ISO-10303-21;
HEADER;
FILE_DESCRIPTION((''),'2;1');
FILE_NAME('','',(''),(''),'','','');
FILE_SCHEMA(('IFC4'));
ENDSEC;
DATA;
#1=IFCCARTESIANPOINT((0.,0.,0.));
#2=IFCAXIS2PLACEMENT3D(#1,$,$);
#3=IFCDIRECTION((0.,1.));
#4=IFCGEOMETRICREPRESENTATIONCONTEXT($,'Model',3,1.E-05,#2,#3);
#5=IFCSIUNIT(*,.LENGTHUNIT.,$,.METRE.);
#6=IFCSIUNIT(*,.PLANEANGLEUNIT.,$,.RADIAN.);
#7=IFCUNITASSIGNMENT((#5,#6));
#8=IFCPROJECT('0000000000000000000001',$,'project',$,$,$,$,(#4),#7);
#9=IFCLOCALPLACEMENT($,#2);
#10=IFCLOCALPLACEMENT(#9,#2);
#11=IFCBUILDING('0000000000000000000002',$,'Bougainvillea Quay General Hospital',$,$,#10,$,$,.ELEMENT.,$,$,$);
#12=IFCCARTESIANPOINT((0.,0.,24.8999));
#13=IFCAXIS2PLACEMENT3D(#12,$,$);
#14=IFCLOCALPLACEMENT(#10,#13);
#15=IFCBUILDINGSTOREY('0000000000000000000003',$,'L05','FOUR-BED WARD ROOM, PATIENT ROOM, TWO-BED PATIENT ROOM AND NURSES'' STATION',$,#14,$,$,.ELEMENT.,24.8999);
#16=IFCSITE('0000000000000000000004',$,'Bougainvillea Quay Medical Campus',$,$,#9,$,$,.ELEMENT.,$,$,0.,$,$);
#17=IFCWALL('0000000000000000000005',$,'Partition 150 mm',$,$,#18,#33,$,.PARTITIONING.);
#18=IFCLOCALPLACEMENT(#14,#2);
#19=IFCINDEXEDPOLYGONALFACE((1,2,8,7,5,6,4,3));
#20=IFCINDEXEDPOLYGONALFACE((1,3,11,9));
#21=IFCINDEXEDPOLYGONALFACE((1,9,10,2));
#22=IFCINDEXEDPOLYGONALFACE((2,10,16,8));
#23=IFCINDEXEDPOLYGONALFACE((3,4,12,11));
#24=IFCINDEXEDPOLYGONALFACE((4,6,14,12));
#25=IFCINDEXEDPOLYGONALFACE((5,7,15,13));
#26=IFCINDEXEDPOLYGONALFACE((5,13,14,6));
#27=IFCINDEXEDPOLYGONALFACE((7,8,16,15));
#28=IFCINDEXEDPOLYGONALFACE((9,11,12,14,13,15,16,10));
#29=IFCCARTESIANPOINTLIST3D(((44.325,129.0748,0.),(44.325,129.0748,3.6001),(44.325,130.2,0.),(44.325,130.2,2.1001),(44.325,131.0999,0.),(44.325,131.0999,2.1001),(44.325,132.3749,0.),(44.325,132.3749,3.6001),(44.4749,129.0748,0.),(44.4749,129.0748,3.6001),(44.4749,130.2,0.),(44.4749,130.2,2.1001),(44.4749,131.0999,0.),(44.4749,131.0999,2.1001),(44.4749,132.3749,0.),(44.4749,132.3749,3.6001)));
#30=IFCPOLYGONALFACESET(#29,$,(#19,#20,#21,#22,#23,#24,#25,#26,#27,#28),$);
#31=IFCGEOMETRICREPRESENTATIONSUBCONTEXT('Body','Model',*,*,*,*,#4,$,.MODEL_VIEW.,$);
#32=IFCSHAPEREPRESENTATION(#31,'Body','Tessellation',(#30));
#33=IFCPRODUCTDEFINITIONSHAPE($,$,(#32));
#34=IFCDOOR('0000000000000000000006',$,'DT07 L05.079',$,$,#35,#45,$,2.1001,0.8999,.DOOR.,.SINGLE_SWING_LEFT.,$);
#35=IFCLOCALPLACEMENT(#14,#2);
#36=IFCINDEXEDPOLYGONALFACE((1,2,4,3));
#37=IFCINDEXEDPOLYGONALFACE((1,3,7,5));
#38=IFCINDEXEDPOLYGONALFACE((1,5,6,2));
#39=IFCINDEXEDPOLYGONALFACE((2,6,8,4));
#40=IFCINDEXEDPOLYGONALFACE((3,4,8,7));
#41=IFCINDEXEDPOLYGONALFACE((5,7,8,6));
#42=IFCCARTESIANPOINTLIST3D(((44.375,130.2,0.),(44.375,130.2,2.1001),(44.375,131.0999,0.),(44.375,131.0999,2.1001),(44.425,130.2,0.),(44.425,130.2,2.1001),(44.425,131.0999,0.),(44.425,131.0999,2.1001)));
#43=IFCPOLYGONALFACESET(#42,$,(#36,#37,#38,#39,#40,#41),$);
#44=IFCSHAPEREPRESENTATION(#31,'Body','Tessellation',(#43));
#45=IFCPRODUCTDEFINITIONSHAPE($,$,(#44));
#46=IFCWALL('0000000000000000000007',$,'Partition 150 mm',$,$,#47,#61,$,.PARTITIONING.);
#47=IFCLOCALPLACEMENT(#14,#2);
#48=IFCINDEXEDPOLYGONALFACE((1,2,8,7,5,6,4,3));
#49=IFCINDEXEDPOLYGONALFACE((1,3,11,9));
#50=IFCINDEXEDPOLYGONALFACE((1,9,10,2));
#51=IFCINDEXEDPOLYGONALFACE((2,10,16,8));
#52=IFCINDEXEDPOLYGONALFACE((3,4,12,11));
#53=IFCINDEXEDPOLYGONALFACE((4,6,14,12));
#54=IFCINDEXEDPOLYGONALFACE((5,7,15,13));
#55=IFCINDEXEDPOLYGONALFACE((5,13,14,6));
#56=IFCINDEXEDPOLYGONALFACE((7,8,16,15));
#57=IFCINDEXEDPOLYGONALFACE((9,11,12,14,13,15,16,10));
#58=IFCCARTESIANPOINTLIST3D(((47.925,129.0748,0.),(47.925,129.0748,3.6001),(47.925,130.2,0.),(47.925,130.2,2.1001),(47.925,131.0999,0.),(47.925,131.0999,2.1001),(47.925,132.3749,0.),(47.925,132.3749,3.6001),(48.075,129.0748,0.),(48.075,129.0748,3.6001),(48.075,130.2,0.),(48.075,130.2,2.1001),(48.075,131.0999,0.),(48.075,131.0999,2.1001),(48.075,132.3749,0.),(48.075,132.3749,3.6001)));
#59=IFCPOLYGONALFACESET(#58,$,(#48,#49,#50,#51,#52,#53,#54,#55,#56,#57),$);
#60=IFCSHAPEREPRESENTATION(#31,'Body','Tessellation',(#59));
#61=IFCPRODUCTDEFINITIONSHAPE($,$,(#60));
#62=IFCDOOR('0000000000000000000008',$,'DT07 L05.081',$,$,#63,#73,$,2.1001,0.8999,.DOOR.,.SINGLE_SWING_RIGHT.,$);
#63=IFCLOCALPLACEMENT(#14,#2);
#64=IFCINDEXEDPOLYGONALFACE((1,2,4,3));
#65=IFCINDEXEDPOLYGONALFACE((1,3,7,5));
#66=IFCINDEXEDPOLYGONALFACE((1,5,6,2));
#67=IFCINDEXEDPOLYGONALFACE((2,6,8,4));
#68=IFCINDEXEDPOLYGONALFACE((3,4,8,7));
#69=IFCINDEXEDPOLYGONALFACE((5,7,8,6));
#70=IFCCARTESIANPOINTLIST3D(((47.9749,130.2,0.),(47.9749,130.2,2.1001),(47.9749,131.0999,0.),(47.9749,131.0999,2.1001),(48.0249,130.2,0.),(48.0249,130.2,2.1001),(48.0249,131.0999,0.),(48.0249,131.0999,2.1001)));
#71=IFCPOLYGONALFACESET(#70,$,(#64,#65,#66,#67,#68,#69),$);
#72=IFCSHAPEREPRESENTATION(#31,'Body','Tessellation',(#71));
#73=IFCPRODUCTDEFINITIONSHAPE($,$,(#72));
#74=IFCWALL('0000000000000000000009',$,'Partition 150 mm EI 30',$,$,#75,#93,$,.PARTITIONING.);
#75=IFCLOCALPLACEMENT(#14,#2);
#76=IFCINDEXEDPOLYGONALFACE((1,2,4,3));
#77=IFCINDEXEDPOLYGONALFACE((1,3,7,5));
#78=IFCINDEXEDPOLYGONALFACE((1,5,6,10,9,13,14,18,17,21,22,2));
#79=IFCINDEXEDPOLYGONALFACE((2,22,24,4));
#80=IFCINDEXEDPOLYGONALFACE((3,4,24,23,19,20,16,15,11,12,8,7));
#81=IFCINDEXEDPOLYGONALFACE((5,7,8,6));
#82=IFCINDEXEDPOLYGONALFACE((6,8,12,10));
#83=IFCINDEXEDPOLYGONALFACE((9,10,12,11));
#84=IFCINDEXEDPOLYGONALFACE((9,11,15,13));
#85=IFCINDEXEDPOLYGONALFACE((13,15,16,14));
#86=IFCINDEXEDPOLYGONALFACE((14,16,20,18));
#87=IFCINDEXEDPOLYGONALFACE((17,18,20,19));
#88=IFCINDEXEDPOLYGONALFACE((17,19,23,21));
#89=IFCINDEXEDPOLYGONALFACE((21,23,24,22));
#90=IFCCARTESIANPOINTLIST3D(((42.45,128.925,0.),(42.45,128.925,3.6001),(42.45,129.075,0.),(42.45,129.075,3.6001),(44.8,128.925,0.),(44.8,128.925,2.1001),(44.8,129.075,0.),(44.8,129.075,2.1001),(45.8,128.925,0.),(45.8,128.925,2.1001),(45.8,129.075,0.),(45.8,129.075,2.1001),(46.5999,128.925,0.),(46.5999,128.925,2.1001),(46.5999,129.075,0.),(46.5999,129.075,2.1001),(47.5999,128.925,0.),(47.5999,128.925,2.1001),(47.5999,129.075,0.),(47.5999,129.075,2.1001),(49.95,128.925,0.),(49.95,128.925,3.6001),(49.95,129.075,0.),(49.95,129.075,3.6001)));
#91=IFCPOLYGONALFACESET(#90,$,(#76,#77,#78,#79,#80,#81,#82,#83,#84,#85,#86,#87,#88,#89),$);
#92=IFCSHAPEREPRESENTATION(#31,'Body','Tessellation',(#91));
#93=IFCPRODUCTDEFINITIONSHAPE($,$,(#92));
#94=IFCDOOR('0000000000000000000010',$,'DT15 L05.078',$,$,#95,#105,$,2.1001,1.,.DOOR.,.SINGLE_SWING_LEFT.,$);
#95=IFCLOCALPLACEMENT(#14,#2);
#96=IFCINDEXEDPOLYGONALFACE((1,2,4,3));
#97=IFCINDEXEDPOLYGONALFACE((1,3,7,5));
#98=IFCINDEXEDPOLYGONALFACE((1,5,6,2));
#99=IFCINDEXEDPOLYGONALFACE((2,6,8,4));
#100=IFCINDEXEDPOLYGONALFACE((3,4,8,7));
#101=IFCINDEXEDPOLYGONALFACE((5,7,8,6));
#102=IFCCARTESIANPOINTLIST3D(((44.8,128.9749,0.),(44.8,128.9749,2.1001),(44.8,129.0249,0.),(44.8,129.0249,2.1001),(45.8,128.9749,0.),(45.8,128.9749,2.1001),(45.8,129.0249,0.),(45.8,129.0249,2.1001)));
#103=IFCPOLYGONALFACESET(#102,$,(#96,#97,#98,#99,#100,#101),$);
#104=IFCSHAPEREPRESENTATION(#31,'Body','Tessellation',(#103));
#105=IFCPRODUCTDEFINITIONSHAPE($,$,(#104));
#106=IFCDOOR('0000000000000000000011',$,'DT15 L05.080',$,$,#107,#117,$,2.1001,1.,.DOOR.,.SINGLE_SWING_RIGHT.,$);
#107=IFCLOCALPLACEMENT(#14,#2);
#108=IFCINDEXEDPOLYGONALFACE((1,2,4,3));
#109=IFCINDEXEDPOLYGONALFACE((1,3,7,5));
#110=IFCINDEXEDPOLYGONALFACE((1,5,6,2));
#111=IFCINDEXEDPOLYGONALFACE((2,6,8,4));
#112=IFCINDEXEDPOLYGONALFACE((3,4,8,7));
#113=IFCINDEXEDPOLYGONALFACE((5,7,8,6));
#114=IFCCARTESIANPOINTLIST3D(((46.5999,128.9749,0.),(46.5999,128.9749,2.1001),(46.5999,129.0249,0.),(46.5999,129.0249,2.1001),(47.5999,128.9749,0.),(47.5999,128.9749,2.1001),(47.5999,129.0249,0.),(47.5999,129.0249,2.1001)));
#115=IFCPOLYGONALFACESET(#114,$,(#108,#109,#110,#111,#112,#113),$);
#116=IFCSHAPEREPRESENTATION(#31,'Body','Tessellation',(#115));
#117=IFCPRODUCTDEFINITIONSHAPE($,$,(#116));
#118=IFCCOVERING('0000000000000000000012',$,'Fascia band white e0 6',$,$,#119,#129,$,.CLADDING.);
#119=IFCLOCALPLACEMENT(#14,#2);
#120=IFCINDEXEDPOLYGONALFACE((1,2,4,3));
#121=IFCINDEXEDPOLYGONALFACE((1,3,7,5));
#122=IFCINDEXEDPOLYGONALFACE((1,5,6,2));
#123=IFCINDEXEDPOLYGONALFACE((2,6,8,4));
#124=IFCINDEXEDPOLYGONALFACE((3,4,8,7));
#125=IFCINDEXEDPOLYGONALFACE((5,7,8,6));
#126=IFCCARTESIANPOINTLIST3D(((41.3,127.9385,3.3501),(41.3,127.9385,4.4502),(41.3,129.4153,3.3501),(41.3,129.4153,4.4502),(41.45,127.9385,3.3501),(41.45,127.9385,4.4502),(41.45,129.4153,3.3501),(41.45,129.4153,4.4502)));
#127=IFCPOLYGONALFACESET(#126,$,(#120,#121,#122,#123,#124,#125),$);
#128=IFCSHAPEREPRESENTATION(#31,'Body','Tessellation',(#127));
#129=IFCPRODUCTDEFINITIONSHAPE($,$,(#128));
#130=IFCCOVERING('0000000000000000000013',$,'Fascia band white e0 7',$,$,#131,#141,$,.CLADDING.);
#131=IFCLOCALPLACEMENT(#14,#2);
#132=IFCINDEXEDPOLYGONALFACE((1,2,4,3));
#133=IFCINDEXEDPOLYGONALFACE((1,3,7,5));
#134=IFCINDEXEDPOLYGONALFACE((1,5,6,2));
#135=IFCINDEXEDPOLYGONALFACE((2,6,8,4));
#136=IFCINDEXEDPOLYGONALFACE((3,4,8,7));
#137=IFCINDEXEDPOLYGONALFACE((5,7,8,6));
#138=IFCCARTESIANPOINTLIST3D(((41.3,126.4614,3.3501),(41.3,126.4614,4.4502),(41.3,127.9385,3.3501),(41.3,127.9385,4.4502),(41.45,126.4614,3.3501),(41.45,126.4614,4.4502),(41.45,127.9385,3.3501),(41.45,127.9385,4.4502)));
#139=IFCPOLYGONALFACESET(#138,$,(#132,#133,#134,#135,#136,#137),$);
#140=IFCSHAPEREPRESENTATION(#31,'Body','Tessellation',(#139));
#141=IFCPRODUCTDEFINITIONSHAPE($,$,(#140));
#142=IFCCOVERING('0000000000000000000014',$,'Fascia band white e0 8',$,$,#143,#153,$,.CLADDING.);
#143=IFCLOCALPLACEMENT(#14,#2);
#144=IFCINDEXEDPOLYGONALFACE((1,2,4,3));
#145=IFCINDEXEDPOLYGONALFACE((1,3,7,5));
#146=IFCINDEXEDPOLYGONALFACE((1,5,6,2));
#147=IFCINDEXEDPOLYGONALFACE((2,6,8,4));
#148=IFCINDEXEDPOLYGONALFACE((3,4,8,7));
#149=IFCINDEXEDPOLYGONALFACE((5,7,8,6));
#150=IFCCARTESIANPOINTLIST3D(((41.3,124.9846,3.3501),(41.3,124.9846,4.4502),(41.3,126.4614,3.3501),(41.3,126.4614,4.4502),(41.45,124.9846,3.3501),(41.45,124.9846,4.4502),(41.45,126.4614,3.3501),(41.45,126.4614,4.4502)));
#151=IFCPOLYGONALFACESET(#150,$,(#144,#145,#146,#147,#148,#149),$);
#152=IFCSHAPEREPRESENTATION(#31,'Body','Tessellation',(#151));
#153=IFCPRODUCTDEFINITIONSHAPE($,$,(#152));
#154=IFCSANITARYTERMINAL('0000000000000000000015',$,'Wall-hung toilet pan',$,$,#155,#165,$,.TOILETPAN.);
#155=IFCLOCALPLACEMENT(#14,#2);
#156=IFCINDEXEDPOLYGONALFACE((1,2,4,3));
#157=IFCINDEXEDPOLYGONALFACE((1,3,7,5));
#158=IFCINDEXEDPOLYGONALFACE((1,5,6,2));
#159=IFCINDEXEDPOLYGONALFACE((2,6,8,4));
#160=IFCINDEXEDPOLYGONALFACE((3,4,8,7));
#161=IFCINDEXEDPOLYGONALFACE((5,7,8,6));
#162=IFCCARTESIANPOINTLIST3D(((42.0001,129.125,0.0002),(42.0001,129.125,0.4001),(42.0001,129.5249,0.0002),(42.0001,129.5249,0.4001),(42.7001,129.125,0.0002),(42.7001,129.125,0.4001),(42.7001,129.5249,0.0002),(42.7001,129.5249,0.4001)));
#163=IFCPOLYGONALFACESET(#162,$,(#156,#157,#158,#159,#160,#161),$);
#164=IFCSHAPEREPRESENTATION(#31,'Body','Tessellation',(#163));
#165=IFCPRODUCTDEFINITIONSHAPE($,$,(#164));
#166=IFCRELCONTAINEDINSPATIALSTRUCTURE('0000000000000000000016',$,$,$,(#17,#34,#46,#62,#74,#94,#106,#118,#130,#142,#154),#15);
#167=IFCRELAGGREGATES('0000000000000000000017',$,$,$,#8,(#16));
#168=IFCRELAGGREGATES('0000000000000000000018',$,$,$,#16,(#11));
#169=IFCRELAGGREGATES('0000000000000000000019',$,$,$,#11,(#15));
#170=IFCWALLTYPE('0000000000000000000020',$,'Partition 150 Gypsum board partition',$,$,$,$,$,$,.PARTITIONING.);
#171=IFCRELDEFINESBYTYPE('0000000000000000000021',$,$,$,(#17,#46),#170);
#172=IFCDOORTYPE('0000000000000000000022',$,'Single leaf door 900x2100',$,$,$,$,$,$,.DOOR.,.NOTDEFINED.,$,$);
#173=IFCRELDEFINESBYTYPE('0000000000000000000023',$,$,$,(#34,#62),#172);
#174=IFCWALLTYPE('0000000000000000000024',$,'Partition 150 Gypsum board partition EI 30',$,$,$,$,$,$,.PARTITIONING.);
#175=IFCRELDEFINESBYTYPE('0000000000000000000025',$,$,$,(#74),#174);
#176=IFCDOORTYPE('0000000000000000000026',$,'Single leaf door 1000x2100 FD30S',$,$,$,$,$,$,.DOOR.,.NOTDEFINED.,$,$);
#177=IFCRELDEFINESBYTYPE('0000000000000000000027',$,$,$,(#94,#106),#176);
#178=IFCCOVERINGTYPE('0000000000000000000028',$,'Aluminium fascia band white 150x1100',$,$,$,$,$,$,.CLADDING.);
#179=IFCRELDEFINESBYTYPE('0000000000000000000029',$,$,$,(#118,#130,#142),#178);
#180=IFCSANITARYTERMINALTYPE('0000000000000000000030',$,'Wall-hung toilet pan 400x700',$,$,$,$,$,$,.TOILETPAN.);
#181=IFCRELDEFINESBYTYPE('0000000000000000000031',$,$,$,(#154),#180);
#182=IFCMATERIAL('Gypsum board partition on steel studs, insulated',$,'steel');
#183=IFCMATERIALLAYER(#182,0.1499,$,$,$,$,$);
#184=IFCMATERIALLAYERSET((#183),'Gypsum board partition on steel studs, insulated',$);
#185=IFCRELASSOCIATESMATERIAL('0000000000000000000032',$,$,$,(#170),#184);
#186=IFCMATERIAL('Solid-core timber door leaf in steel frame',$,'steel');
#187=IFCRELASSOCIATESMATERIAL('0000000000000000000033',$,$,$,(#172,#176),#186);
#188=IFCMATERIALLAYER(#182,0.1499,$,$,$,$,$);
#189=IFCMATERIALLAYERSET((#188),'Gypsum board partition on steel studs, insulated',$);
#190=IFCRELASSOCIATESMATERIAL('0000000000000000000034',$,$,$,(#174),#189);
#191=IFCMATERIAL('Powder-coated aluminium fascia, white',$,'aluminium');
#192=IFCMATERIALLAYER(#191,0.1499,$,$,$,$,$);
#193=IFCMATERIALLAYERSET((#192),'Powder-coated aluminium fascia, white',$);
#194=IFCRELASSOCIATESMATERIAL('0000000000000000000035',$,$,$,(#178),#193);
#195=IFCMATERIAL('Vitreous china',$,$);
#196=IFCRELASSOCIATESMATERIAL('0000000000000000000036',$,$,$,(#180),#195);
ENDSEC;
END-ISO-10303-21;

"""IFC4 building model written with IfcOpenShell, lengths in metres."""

from ifc_helpers import new_model, si_unit, direction, frame, frame_2d, origin, origin_2d, place, context, subcontext, project, spatial, polyline, rectangle, outline, extrude, material, layer, layer_set, type_object, element, fill, save


model = new_model("IFC4")

# Units and contexts
model_context = context("Model", 3, precision=1e-05, world=origin(), true_north=direction((0.0, 1.0)))
body_context = subcontext(model_context, "Body", "Model", "MODEL_VIEW")
ifc_project = project(units=[si_unit("LENGTHUNIT", "METRE"), si_unit("PLANEANGLEUNIT", "RADIAN")], contexts=[model_context])

# Site, building, storey
site_placement = place(None, origin())
site = spatial("IfcSite", under=ifc_project, at=site_placement, Name="Bougainvillea Quay Medical Campus", CompositionType="ELEMENT", RefElevation=0.0)
building_placement = place(site_placement, origin())
building = spatial("IfcBuilding", under=site, at=building_placement, Name="Bougainvillea Quay General Hospital", CompositionType="ELEMENT")
storey_placement = place(building_placement, frame((0.0, 0.0, 24.8999)))
storey = spatial("IfcBuildingStorey", under=building, at=storey_placement, Name="L05", Description="FOUR-BED WARD ROOM, PATIENT ROOM, TWO-BED PATIENT ROOM AND NURSES' STATION", CompositionType="ELEMENT", Elevation=24.8999)

# Shared definitions
ifc_material_1 = material(Name="Gypsum board partition on steel studs, insulated", Category="steel")
ifc_layer_1 = layer(ifc_material_1, 0.1499)
ifc_layer_set_1 = layer_set([ifc_layer_1], Name="Gypsum board partition on steel studs, insulated")
wall_type_1 = type_object("IfcWallType", Name="Partition 150 Gypsum board partition", PredefinedType="PARTITIONING", material=ifc_layer_set_1)

# Walls, openings, doors
wall_1_placement = place(storey_placement, frame((44.3999, 129.075, 0.0), z_axis=(0.0, 0.0, 1.0), x_axis=(0.0, 1.0, 0.0)))
wall_1 = element("IfcWall", 1, at=wall_1_placement, inside=storey, type_object=wall_type_1, Name="Partition 150 mm", PredefinedType="PARTITIONING", context=body_context, shape_type="SweptSolid", body=[
    extrude(rectangle(XDim=3.3, YDim=0.1499, at=frame_2d((1.6499, 0.0))), origin(), (0.0, 0.0, 1.0), 3.6001),
])
opening_1_placement = place(wall_1_placement, frame((1.125, 0.0, 0.0)))
opening_1 = element("IfcOpeningElement", 2, at=opening_1_placement, cuts=wall_1, PredefinedType="OPENING", context=body_context, shape_type="SweptSolid", body=[
    extrude(rectangle(XDim=0.8999, YDim=2.1001, at=frame_2d((0.45, 1.05))), frame((0.0, 0.085, 0.0), z_axis=(0.0, -1.0, 0.0), x_axis=(1.0, 0.0, 0.0)), (0.0, 0.0, 1.0), 0.1699),
])
ifc_material_2 = material(Name="Solid-core timber door leaf in steel frame", Category="steel")
door_type_1 = type_object("IfcDoorType", Name="Single leaf door 900x2100", OperationType="NOTDEFINED", PredefinedType="DOOR", material=ifc_material_2)
door_1_placement = place(opening_1_placement, origin())
door_1 = element("IfcDoor", 3, at=door_1_placement, inside=storey, type_object=door_type_1, Name="DT07 L05.079", OperationType="SINGLE_SWING_LEFT", OverallHeight=2.1001, OverallWidth=0.8999, PredefinedType="DOOR", context=body_context, shape_type="SweptSolid", body=[
    extrude(rectangle(XDim=0.8999, YDim=2.1001, at=frame_2d((0.45, 1.05))), frame((0.0, 0.0249, 0.0), z_axis=(0.0, -1.0, 0.0), x_axis=(1.0, 0.0, 0.0)), (0.0, 0.0, 1.0), 0.05),
])
fill(opening_1, door_1)
wall_2_placement = place(storey_placement, frame((48.0, 129.075, 0.0), z_axis=(0.0, 0.0, 1.0), x_axis=(0.0, 1.0, 0.0)))
wall_2 = element("IfcWall", 4, at=wall_2_placement, inside=storey, type_object=wall_type_1, Name="Partition 150 mm", PredefinedType="PARTITIONING", context=body_context, shape_type="SweptSolid", body=[
    extrude(rectangle(XDim=3.3, YDim=0.1499, at=frame_2d((1.6499, 0.0))), origin(), (0.0, 0.0, 1.0), 3.6001),
])
opening_2_placement = place(wall_2_placement, frame((1.125, 0.0, 0.0)))
opening_2 = element("IfcOpeningElement", 5, at=opening_2_placement, cuts=wall_2, PredefinedType="OPENING", context=body_context, shape_type="SweptSolid", body=[
    extrude(rectangle(XDim=0.8999, YDim=2.1001, at=frame_2d((0.45, 1.05))), frame((0.0, 0.085, 0.0), z_axis=(0.0, -1.0, 0.0), x_axis=(1.0, 0.0, 0.0)), (0.0, 0.0, 1.0), 0.1699),
])
door_2_placement = place(opening_2_placement, frame((0.8999, 0.0, 0.0), z_axis=(0.0, 0.0, 1.0), x_axis=(-1.0, 0.0, 0.0)))
door_2 = element("IfcDoor", 6, at=door_2_placement, inside=storey, type_object=door_type_1, Name="DT07 L05.081", OperationType="SINGLE_SWING_RIGHT", OverallHeight=2.1001, OverallWidth=0.8999, PredefinedType="DOOR", context=body_context, shape_type="SweptSolid", body=[
    extrude(rectangle(XDim=0.8999, YDim=2.1001, at=frame_2d((0.45, 1.05))), frame((0.0, 0.0249, 0.0), z_axis=(0.0, -1.0, 0.0), x_axis=(1.0, 0.0, 0.0)), (0.0, 0.0, 1.0), 0.05),
])
fill(opening_2, door_2)

# Wall, openings, doors
ifc_layer_2 = layer(ifc_material_1, 0.1499)
ifc_layer_set_2 = layer_set([ifc_layer_2], Name="Gypsum board partition on steel studs, insulated")
wall_type_2 = type_object("IfcWallType", Name="Partition 150 Gypsum board partition EI 30", PredefinedType="PARTITIONING", material=ifc_layer_set_2)
wall_3_placement = place(storey_placement, frame((49.95, 129.0, 0.0), z_axis=(0.0, 0.0, 1.0), x_axis=(-1.0, 0.0, 0.0)))
wall_3 = element("IfcWall", 7, at=wall_3_placement, inside=storey, type_object=wall_type_2, Name="Partition 150 mm EI 30", PredefinedType="PARTITIONING", context=body_context, shape_type="SweptSolid", body=[
    extrude(rectangle(XDim=7.5, YDim=0.1499, at=frame_2d((3.75, 0.0))), origin(), (0.0, 0.0, 1.0), 3.6001),
])
opening_3_placement = place(wall_3_placement, frame((4.1499, 0.0, 0.0)))
opening_3 = element("IfcOpeningElement", 8, at=opening_3_placement, cuts=wall_3, PredefinedType="OPENING", context=body_context, shape_type="SweptSolid", body=[
    extrude(rectangle(XDim=1.0, YDim=2.1001, at=frame_2d((0.5, 1.05))), frame((0.0, 0.085, 0.0), z_axis=(0.0, -1.0, 0.0), x_axis=(1.0, 0.0, 0.0)), (0.0, 0.0, 1.0), 0.1699),
])
opening_4_placement = place(wall_3_placement, frame((2.3501, 0.0, 0.0)))
opening_4 = element("IfcOpeningElement", 9, at=opening_4_placement, cuts=wall_3, PredefinedType="OPENING", context=body_context, shape_type="SweptSolid", body=[
    extrude(rectangle(XDim=1.0, YDim=2.1001, at=frame_2d((0.5, 1.05))), frame((0.0, 0.085, 0.0), z_axis=(0.0, -1.0, 0.0), x_axis=(1.0, 0.0, 0.0)), (0.0, 0.0, 1.0), 0.1699),
])
door_type_2 = type_object("IfcDoorType", Name="Single leaf door 1000x2100 FD30S", OperationType="NOTDEFINED", PredefinedType="DOOR", material=ifc_material_2)
door_3_placement = place(opening_3_placement, frame((1.0, 0.0, 0.0), z_axis=(0.0, 0.0, 1.0), x_axis=(-1.0, 0.0, 0.0)))
door_3 = element("IfcDoor", 10, at=door_3_placement, inside=storey, type_object=door_type_2, Name="DT15 L05.078", OperationType="SINGLE_SWING_LEFT", OverallHeight=2.1001, OverallWidth=1.0, PredefinedType="DOOR", context=body_context, shape_type="SweptSolid", body=[
    extrude(rectangle(XDim=1.0, YDim=2.1001, at=frame_2d((0.5, 1.05))), frame((0.0, 0.0249, 0.0), z_axis=(0.0, -1.0, 0.0), x_axis=(1.0, 0.0, 0.0)), (0.0, 0.0, 1.0), 0.05),
])
fill(opening_3, door_3)
door_4_placement = place(opening_4_placement, frame((1.0, 0.0, 0.0), z_axis=(0.0, 0.0, 1.0), x_axis=(-1.0, 0.0, 0.0)))
door_4 = element("IfcDoor", 11, at=door_4_placement, inside=storey, type_object=door_type_2, Name="DT15 L05.080", OperationType="SINGLE_SWING_RIGHT", OverallHeight=2.1001, OverallWidth=1.0, PredefinedType="DOOR", context=body_context, shape_type="SweptSolid", body=[
    extrude(rectangle(XDim=1.0, YDim=2.1001, at=frame_2d((0.5, 1.05))), frame((0.0, 0.0249, 0.0), z_axis=(0.0, -1.0, 0.0), x_axis=(1.0, 0.0, 0.0)), (0.0, 0.0, 1.0), 0.05),
])
fill(opening_4, door_4)

# Coverings
ifc_material_3 = material(Name="Powder-coated aluminium fascia, white", Category="aluminium")
ifc_layer_3 = layer(ifc_material_3, 0.1499)
ifc_layer_set_3 = layer_set([ifc_layer_3], Name="Powder-coated aluminium fascia, white")
covering_type = type_object("IfcCoveringType", Name="Aluminium fascia band white 150x1100", PredefinedType="CLADDING", material=ifc_layer_set_3)
covering_1_placement = place(storey_placement, frame((41.45, 129.4153, 3.3501), z_axis=(0.0, 0.0, 1.0), x_axis=(0.0, -1.0, 0.0)))
element("IfcCovering", 12, at=covering_1_placement, inside=storey, type_object=covering_type, Name="Fascia band white e0 6", PredefinedType="CLADDING", context=body_context, shape_type="SweptSolid", body=[
    extrude(outline(polyline([(0.0, 0.0), (1.4768, 0.0), (1.4768, -0.1499), (0.0, -0.1499), (0.0, 0.0)])), origin(), (0.0, 0.0, 1.0), 1.1001),
])
covering_2_placement = place(storey_placement, frame((41.45, 127.9385, 3.3501), z_axis=(0.0, 0.0, 1.0), x_axis=(0.0, -1.0, 0.0)))
element("IfcCovering", 13, at=covering_2_placement, inside=storey, type_object=covering_type, Name="Fascia band white e0 7", PredefinedType="CLADDING", context=body_context, shape_type="SweptSolid", body=[
    extrude(outline(polyline([(0.0, 0.0), (1.4771, 0.0), (1.4771, -0.1499), (0.0, -0.1499), (0.0, 0.0)])), origin(), (0.0, 0.0, 1.0), 1.1001),
])
covering_3_placement = place(storey_placement, frame((41.45, 126.4614, 3.3501), z_axis=(0.0, 0.0, 1.0), x_axis=(0.0, -1.0, 0.0)))
element("IfcCovering", 14, at=covering_3_placement, inside=storey, type_object=covering_type, Name="Fascia band white e0 8", PredefinedType="CLADDING", context=body_context, shape_type="SweptSolid", body=[
    extrude(outline(polyline([(0.0, 0.0), (1.4768, 0.0), (1.4768, -0.1499), (0.0, -0.1499), (0.0, 0.0)])), origin(), (0.0, 0.0, 1.0), 1.1001),
])

# Sanitary terminal
ifc_material_4 = material(Name="Vitreous china")
sanitary_terminal_type_1 = type_object("IfcSanitaryTerminalType", Name="Wall-hung toilet pan 400x700", PredefinedType="TOILETPAN", material=ifc_material_4)
for number, where, z_axis, x_axis, name in (
    (15, (42.3501, 129.325, 0.0002), (0.0, 0.0, 1.0), (0.0, 1.0, 0.0), "Wall-hung toilet pan"),
):
    element("IfcSanitaryTerminal", number, at=place(storey_placement, frame(where, z_axis=z_axis, x_axis=x_axis)), inside=storey, type_object=sanitary_terminal_type_1, Name=name, PredefinedType="TOILETPAN", context=body_context, shape_type="SweptSolid", body=[
        extrude(rectangle(XDim=0.3999, YDim=0.7, at=origin_2d()), origin(), (0.0, 0.0, 1.0), 0.3999),
    ])

save(model, "model.ifc")
